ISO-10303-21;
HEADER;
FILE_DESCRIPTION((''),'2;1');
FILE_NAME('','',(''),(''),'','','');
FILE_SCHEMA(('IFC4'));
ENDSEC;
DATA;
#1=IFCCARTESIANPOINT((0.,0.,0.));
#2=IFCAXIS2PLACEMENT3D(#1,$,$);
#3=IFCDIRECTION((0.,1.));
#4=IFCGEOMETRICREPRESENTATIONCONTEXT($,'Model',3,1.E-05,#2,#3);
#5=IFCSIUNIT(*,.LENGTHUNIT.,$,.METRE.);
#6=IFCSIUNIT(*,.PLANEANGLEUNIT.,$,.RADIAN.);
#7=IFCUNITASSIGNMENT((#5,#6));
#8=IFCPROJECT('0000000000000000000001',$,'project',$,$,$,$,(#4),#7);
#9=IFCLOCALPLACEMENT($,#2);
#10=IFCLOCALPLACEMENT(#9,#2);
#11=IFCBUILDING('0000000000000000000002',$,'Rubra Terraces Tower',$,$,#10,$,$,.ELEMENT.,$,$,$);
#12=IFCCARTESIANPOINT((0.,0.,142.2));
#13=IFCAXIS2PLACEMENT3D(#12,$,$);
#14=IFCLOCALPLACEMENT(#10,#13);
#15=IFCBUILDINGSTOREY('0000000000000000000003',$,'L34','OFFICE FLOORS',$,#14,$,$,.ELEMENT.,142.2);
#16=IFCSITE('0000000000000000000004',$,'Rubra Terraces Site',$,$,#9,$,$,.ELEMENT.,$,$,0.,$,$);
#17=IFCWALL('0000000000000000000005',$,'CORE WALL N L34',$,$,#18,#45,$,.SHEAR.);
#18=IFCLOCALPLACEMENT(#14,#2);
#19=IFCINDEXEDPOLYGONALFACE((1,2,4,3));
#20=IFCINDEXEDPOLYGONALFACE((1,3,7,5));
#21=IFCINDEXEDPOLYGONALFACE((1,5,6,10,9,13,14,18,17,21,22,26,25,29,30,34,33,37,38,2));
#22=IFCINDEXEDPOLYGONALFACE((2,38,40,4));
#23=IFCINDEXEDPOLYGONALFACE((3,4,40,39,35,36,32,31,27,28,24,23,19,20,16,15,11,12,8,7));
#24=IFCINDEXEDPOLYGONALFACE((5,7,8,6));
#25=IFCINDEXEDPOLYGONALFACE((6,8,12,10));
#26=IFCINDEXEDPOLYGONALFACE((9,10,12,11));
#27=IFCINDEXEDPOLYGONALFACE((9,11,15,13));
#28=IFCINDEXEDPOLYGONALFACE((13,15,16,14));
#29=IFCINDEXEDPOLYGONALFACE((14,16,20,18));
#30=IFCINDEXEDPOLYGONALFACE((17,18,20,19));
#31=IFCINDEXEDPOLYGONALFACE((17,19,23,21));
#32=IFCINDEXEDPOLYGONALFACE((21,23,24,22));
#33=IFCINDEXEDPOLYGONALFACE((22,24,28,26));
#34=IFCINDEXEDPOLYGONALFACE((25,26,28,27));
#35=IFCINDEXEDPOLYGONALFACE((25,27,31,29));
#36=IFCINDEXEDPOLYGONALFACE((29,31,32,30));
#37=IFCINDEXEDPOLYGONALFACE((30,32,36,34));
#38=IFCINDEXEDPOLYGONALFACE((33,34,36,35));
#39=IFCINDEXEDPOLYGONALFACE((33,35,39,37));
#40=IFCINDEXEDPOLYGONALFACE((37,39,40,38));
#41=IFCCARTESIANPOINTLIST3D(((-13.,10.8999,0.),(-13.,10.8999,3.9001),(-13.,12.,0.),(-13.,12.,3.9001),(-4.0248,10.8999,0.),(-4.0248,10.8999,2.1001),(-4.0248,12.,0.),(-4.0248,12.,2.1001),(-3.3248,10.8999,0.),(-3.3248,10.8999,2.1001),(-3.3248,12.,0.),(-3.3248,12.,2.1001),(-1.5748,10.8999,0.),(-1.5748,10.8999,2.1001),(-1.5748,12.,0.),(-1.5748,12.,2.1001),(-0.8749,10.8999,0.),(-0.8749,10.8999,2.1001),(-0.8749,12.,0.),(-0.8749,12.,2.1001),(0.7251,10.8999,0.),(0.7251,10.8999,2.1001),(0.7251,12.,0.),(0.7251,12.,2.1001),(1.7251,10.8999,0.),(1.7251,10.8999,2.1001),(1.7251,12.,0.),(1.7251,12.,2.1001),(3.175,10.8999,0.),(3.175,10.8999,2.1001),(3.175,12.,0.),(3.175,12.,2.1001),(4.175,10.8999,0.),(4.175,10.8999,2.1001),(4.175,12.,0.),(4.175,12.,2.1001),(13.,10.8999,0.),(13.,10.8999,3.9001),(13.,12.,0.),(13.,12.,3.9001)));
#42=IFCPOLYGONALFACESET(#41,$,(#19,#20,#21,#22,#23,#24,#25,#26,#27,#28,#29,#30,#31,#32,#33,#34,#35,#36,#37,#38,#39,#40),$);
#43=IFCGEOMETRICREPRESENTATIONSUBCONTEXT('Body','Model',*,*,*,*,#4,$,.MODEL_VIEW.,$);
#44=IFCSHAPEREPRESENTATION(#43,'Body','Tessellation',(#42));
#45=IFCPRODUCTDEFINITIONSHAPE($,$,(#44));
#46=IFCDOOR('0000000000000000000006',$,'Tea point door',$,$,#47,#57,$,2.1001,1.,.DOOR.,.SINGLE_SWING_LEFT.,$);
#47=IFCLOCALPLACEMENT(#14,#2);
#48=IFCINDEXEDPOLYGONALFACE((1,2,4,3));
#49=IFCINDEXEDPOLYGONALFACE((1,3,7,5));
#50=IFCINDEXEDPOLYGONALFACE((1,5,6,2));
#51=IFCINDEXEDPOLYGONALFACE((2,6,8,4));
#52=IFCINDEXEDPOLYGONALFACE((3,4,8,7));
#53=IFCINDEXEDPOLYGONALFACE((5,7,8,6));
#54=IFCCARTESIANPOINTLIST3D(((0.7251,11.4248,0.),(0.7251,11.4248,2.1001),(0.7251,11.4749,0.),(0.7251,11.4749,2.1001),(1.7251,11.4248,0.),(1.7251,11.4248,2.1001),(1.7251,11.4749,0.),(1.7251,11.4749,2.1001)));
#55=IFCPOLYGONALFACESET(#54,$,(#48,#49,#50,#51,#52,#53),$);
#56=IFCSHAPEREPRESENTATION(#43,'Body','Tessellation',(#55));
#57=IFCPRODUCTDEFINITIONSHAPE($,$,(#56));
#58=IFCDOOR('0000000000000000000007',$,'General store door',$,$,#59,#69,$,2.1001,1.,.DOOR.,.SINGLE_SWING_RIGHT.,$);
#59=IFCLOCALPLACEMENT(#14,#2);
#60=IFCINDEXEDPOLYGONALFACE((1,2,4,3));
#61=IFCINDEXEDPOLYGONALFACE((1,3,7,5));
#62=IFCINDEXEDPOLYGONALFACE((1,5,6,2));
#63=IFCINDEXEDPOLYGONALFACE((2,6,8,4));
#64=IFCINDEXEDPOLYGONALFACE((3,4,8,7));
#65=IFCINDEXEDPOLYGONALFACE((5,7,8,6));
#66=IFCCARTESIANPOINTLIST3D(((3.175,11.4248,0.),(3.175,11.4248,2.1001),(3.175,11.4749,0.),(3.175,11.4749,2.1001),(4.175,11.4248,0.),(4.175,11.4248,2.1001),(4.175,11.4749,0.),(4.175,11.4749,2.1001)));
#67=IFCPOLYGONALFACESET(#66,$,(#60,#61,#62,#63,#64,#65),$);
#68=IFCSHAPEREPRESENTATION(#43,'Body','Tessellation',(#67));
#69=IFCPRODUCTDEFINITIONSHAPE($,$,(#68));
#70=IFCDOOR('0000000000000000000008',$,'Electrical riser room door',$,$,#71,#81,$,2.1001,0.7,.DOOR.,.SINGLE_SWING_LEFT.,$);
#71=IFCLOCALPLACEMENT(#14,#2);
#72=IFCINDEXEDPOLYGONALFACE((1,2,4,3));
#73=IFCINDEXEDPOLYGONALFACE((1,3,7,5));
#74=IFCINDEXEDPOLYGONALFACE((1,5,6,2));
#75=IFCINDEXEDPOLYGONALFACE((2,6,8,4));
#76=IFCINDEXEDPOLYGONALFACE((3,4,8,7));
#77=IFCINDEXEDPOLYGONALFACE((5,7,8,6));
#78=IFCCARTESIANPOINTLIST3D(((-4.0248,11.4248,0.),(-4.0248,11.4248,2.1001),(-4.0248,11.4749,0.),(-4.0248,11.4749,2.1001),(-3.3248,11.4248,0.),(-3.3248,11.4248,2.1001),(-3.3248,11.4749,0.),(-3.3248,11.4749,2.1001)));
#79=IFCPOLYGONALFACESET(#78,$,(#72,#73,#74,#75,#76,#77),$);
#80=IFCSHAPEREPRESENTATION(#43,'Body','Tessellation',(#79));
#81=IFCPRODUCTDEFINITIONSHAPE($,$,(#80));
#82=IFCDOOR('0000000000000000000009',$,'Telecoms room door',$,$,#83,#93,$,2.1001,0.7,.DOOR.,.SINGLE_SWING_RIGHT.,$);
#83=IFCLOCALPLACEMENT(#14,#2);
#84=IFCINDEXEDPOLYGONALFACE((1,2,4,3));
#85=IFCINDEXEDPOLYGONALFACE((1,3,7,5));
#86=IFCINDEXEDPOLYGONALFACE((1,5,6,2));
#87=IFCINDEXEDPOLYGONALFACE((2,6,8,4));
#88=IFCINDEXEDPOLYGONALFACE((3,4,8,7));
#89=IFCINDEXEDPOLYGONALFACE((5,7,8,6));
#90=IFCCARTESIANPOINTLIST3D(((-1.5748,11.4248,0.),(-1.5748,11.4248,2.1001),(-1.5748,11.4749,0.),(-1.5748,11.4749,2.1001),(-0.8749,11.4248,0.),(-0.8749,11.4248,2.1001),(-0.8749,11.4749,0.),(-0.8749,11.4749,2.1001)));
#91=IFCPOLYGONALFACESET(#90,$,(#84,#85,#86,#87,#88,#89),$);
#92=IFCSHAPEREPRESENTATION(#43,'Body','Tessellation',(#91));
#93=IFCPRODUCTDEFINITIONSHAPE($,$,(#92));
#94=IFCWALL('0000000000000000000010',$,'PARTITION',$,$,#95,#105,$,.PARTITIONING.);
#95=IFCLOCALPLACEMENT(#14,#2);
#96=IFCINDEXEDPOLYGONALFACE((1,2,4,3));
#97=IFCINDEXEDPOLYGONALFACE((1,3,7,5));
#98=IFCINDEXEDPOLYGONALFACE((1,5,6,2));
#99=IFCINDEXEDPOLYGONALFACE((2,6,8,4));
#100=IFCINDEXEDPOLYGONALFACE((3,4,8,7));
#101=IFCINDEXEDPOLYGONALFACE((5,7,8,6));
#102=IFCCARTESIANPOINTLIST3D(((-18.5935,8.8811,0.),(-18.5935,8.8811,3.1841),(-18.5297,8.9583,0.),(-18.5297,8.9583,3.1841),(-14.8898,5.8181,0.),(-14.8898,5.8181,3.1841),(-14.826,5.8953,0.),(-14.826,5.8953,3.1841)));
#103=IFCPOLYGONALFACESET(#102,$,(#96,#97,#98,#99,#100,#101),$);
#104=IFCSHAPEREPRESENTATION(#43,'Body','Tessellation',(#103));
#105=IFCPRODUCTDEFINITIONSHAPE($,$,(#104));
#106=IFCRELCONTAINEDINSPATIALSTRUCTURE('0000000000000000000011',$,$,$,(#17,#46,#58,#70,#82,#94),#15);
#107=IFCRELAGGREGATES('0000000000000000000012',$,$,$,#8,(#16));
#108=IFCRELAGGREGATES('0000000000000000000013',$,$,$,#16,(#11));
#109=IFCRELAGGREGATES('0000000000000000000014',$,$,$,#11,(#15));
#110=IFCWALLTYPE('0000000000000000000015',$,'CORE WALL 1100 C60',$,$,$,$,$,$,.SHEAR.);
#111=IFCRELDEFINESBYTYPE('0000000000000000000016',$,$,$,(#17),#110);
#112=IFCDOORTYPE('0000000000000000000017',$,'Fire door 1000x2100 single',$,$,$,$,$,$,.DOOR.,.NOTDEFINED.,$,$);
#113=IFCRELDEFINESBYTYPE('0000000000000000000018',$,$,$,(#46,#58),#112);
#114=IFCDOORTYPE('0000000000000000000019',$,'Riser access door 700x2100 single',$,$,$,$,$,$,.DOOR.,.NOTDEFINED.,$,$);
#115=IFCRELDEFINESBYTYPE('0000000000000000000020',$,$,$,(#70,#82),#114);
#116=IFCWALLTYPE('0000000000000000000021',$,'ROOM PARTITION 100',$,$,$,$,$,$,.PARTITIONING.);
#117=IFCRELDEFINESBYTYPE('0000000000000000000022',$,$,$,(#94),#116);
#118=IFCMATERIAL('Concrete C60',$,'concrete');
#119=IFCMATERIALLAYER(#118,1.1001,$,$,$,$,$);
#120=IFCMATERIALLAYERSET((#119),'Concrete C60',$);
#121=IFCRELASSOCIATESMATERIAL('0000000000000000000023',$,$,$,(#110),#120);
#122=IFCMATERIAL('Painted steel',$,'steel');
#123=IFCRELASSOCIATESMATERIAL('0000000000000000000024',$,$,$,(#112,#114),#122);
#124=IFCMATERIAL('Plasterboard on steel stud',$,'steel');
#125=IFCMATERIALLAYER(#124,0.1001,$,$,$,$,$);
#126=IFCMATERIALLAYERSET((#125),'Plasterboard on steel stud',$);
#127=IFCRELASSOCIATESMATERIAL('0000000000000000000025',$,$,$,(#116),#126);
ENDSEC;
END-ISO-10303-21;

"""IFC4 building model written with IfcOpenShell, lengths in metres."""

from ifc_helpers import new_model, si_unit, direction, frame, frame_2d, origin, place, context, subcontext, project, spatial, rectangle, extrude, material, layer, layer_set, type_object, element, fill, save


model = new_model("IFC4")

# Units and contexts
model_context = context("Model", 3, precision=1e-05, world=origin(), true_north=direction((0.0, 1.0)))
body_context = subcontext(model_context, "Body", "Model", "MODEL_VIEW")
ifc_project = project(units=[si_unit("LENGTHUNIT", "METRE"), si_unit("PLANEANGLEUNIT", "RADIAN")], contexts=[model_context])

# Site, building, storey
site_placement = place(None, origin())
site = spatial("IfcSite", under=ifc_project, at=site_placement, Name="Rubra Terraces Site", CompositionType="ELEMENT", RefElevation=0.0)
building_placement = place(site_placement, origin())
building = spatial("IfcBuilding", under=site, at=building_placement, Name="Rubra Terraces Tower", CompositionType="ELEMENT")
storey_placement = place(building_placement, frame((0.0, 0.0, 142.2)))
storey = spatial("IfcBuildingStorey", under=building, at=storey_placement, Name="L34", Description="OFFICE FLOORS", CompositionType="ELEMENT", Elevation=142.2)

# Wall, openings, doors
ifc_material_1 = material(Name="Concrete C60", Category="concrete")
ifc_layer_1 = layer(ifc_material_1, 1.1001)
ifc_layer_set_1 = layer_set([ifc_layer_1], Name="Concrete C60")
wall_type_1 = type_object("IfcWallType", Name="CORE WALL 1100 C60", PredefinedType="SHEAR", material=ifc_layer_set_1)
wall_1_placement = place(storey_placement, frame((-13.0, 11.45, 0.0), z_axis=(0.0, 0.0, 1.0), x_axis=(1.0, 0.0, 0.0)))
wall_1 = element("IfcWall", 1, at=wall_1_placement, inside=storey, type_object=wall_type_1, Name="CORE WALL N L34", PredefinedType="SHEAR", context=body_context, shape_type="SweptSolid", body=[
    extrude(rectangle(XDim=26.0, YDim=1.1001, at=frame_2d((13.0, 0.0))), origin(), (0.0, 0.0, 1.0), 3.9001),
])
opening_1_placement = place(wall_1_placement, frame((8.9751, 0.0, 0.0)))
opening_1 = element("IfcOpeningElement", 2, at=opening_1_placement, cuts=wall_1, PredefinedType="OPENING", context=body_context, shape_type="SweptSolid", body=[
    extrude(rectangle(XDim=0.7, YDim=2.1001, at=frame_2d((0.3501, 1.05))), frame((0.0, 0.5601, 0.0), z_axis=(0.0, -1.0, 0.0), x_axis=(1.0, 0.0, 0.0)), (0.0, 0.0, 1.0), 1.1201),
])
opening_2_placement = place(wall_1_placement, frame((11.425, 0.0, 0.0)))
opening_2 = element("IfcOpeningElement", 3, at=opening_2_placement, cuts=wall_1, PredefinedType="OPENING", context=body_context, shape_type="SweptSolid", body=[
    extrude(rectangle(XDim=0.7, YDim=2.1001, at=frame_2d((0.3501, 1.05))), frame((0.0, 0.5601, 0.0), z_axis=(0.0, -1.0, 0.0), x_axis=(1.0, 0.0, 0.0)), (0.0, 0.0, 1.0), 1.1201),
])
opening_3_placement = place(wall_1_placement, frame((13.7251, 0.0, 0.0)))
opening_3 = element("IfcOpeningElement", 4, at=opening_3_placement, cuts=wall_1, PredefinedType="OPENING", context=body_context, shape_type="SweptSolid", body=[
    extrude(rectangle(XDim=1.0, YDim=2.1001, at=frame_2d((0.5, 1.05))), frame((0.0, 0.5601, 0.0), z_axis=(0.0, -1.0, 0.0), x_axis=(1.0, 0.0, 0.0)), (0.0, 0.0, 1.0), 1.1201),
])
opening_4_placement = place(wall_1_placement, frame((16.175, 0.0, 0.0)))
opening_4 = element("IfcOpeningElement", 5, at=opening_4_placement, cuts=wall_1, PredefinedType="OPENING", context=body_context, shape_type="SweptSolid", body=[
    extrude(rectangle(XDim=1.0, YDim=2.1001, at=frame_2d((0.5, 1.05))), frame((0.0, 0.5601, 0.0), z_axis=(0.0, -1.0, 0.0), x_axis=(1.0, 0.0, 0.0)), (0.0, 0.0, 1.0), 1.1201),
])
ifc_material_2 = material(Name="Painted steel", Category="steel")
door_type_1 = type_object("IfcDoorType", Name="Fire door 1000x2100 single", OperationType="NOTDEFINED", PredefinedType="DOOR", material=ifc_material_2)
door_1_placement = place(opening_3_placement, origin())
door_1 = element("IfcDoor", 6, at=door_1_placement, inside=storey, type_object=door_type_1, Name="Tea point door", OperationType="SINGLE_SWING_LEFT", OverallHeight=2.1001, OverallWidth=1.0, PredefinedType="DOOR", context=body_context, shape_type="SweptSolid", body=[
    extrude(rectangle(XDim=1.0, YDim=2.1001, at=frame_2d((0.5, 1.05))), frame((0.0, 0.0249, 0.0), z_axis=(0.0, -1.0, 0.0), x_axis=(1.0, 0.0, 0.0)), (0.0, 0.0, 1.0), 0.05),
])
fill(opening_3, door_1)
door_2_placement = place(opening_4_placement, origin())
door_2 = element("IfcDoor", 7, at=door_2_placement, inside=storey, type_object=door_type_1, Name="General store door", OperationType="SINGLE_SWING_RIGHT", OverallHeight=2.1001, OverallWidth=1.0, PredefinedType="DOOR", context=body_context, shape_type="SweptSolid", body=[
    extrude(rectangle(XDim=1.0, YDim=2.1001, at=frame_2d((0.5, 1.05))), frame((0.0, 0.0249, 0.0), z_axis=(0.0, -1.0, 0.0), x_axis=(1.0, 0.0, 0.0)), (0.0, 0.0, 1.0), 0.05),
])
fill(opening_4, door_2)
door_type_2 = type_object("IfcDoorType", Name="Riser access door 700x2100 single", OperationType="NOTDEFINED", PredefinedType="DOOR", material=ifc_material_2)
door_3_placement = place(opening_1_placement, origin())
door_3 = element("IfcDoor", 8, at=door_3_placement, inside=storey, type_object=door_type_2, Name="Electrical riser room door", OperationType="SINGLE_SWING_LEFT", OverallHeight=2.1001, OverallWidth=0.7, PredefinedType="DOOR", context=body_context, shape_type="SweptSolid", body=[
    extrude(rectangle(XDim=0.7, YDim=2.1001, at=frame_2d((0.3501, 1.05))), frame((0.0, 0.0249, 0.0), z_axis=(0.0, -1.0, 0.0), x_axis=(1.0, 0.0, 0.0)), (0.0, 0.0, 1.0), 0.05),
])
fill(opening_1, door_3)
door_4_placement = place(opening_2_placement, origin())
door_4 = element("IfcDoor", 9, at=door_4_placement, inside=storey, type_object=door_type_2, Name="Telecoms room door", OperationType="SINGLE_SWING_RIGHT", OverallHeight=2.1001, OverallWidth=0.7, PredefinedType="DOOR", context=body_context, shape_type="SweptSolid", body=[
    extrude(rectangle(XDim=0.7, YDim=2.1001, at=frame_2d((0.3501, 1.05))), frame((0.0, 0.0249, 0.0), z_axis=(0.0, -1.0, 0.0), x_axis=(1.0, 0.0, 0.0)), (0.0, 0.0, 1.0), 0.05),
])
fill(opening_2, door_4)

# Wall
ifc_material_3 = material(Name="Plasterboard on steel stud", Category="steel")
ifc_layer_2 = layer(ifc_material_3, 0.1001)
ifc_layer_set_2 = layer_set([ifc_layer_2], Name="Plasterboard on steel stud")
wall_type_2 = type_object("IfcWallType", Name="ROOM PARTITION 100", PredefinedType="PARTITIONING", material=ifc_layer_set_2)
wall_2_placement = place(storey_placement, frame((-14.8579, 5.8567, 0.0), z_axis=(0.0, 0.0, 1.0), x_axis=(-0.770606, 0.637312, 0.0)))
element("IfcWall", 10, at=wall_2_placement, inside=storey, type_object=wall_type_2, Name="PARTITION", PredefinedType="PARTITIONING", context=body_context, shape_type="SweptSolid", body=[
    extrude(rectangle(XDim=4.8062, YDim=0.1001, at=frame_2d((2.4031, 0.0))), origin(), (0.0, 0.0, 1.0), 3.1841),
])

save(model, "model.ifc")
